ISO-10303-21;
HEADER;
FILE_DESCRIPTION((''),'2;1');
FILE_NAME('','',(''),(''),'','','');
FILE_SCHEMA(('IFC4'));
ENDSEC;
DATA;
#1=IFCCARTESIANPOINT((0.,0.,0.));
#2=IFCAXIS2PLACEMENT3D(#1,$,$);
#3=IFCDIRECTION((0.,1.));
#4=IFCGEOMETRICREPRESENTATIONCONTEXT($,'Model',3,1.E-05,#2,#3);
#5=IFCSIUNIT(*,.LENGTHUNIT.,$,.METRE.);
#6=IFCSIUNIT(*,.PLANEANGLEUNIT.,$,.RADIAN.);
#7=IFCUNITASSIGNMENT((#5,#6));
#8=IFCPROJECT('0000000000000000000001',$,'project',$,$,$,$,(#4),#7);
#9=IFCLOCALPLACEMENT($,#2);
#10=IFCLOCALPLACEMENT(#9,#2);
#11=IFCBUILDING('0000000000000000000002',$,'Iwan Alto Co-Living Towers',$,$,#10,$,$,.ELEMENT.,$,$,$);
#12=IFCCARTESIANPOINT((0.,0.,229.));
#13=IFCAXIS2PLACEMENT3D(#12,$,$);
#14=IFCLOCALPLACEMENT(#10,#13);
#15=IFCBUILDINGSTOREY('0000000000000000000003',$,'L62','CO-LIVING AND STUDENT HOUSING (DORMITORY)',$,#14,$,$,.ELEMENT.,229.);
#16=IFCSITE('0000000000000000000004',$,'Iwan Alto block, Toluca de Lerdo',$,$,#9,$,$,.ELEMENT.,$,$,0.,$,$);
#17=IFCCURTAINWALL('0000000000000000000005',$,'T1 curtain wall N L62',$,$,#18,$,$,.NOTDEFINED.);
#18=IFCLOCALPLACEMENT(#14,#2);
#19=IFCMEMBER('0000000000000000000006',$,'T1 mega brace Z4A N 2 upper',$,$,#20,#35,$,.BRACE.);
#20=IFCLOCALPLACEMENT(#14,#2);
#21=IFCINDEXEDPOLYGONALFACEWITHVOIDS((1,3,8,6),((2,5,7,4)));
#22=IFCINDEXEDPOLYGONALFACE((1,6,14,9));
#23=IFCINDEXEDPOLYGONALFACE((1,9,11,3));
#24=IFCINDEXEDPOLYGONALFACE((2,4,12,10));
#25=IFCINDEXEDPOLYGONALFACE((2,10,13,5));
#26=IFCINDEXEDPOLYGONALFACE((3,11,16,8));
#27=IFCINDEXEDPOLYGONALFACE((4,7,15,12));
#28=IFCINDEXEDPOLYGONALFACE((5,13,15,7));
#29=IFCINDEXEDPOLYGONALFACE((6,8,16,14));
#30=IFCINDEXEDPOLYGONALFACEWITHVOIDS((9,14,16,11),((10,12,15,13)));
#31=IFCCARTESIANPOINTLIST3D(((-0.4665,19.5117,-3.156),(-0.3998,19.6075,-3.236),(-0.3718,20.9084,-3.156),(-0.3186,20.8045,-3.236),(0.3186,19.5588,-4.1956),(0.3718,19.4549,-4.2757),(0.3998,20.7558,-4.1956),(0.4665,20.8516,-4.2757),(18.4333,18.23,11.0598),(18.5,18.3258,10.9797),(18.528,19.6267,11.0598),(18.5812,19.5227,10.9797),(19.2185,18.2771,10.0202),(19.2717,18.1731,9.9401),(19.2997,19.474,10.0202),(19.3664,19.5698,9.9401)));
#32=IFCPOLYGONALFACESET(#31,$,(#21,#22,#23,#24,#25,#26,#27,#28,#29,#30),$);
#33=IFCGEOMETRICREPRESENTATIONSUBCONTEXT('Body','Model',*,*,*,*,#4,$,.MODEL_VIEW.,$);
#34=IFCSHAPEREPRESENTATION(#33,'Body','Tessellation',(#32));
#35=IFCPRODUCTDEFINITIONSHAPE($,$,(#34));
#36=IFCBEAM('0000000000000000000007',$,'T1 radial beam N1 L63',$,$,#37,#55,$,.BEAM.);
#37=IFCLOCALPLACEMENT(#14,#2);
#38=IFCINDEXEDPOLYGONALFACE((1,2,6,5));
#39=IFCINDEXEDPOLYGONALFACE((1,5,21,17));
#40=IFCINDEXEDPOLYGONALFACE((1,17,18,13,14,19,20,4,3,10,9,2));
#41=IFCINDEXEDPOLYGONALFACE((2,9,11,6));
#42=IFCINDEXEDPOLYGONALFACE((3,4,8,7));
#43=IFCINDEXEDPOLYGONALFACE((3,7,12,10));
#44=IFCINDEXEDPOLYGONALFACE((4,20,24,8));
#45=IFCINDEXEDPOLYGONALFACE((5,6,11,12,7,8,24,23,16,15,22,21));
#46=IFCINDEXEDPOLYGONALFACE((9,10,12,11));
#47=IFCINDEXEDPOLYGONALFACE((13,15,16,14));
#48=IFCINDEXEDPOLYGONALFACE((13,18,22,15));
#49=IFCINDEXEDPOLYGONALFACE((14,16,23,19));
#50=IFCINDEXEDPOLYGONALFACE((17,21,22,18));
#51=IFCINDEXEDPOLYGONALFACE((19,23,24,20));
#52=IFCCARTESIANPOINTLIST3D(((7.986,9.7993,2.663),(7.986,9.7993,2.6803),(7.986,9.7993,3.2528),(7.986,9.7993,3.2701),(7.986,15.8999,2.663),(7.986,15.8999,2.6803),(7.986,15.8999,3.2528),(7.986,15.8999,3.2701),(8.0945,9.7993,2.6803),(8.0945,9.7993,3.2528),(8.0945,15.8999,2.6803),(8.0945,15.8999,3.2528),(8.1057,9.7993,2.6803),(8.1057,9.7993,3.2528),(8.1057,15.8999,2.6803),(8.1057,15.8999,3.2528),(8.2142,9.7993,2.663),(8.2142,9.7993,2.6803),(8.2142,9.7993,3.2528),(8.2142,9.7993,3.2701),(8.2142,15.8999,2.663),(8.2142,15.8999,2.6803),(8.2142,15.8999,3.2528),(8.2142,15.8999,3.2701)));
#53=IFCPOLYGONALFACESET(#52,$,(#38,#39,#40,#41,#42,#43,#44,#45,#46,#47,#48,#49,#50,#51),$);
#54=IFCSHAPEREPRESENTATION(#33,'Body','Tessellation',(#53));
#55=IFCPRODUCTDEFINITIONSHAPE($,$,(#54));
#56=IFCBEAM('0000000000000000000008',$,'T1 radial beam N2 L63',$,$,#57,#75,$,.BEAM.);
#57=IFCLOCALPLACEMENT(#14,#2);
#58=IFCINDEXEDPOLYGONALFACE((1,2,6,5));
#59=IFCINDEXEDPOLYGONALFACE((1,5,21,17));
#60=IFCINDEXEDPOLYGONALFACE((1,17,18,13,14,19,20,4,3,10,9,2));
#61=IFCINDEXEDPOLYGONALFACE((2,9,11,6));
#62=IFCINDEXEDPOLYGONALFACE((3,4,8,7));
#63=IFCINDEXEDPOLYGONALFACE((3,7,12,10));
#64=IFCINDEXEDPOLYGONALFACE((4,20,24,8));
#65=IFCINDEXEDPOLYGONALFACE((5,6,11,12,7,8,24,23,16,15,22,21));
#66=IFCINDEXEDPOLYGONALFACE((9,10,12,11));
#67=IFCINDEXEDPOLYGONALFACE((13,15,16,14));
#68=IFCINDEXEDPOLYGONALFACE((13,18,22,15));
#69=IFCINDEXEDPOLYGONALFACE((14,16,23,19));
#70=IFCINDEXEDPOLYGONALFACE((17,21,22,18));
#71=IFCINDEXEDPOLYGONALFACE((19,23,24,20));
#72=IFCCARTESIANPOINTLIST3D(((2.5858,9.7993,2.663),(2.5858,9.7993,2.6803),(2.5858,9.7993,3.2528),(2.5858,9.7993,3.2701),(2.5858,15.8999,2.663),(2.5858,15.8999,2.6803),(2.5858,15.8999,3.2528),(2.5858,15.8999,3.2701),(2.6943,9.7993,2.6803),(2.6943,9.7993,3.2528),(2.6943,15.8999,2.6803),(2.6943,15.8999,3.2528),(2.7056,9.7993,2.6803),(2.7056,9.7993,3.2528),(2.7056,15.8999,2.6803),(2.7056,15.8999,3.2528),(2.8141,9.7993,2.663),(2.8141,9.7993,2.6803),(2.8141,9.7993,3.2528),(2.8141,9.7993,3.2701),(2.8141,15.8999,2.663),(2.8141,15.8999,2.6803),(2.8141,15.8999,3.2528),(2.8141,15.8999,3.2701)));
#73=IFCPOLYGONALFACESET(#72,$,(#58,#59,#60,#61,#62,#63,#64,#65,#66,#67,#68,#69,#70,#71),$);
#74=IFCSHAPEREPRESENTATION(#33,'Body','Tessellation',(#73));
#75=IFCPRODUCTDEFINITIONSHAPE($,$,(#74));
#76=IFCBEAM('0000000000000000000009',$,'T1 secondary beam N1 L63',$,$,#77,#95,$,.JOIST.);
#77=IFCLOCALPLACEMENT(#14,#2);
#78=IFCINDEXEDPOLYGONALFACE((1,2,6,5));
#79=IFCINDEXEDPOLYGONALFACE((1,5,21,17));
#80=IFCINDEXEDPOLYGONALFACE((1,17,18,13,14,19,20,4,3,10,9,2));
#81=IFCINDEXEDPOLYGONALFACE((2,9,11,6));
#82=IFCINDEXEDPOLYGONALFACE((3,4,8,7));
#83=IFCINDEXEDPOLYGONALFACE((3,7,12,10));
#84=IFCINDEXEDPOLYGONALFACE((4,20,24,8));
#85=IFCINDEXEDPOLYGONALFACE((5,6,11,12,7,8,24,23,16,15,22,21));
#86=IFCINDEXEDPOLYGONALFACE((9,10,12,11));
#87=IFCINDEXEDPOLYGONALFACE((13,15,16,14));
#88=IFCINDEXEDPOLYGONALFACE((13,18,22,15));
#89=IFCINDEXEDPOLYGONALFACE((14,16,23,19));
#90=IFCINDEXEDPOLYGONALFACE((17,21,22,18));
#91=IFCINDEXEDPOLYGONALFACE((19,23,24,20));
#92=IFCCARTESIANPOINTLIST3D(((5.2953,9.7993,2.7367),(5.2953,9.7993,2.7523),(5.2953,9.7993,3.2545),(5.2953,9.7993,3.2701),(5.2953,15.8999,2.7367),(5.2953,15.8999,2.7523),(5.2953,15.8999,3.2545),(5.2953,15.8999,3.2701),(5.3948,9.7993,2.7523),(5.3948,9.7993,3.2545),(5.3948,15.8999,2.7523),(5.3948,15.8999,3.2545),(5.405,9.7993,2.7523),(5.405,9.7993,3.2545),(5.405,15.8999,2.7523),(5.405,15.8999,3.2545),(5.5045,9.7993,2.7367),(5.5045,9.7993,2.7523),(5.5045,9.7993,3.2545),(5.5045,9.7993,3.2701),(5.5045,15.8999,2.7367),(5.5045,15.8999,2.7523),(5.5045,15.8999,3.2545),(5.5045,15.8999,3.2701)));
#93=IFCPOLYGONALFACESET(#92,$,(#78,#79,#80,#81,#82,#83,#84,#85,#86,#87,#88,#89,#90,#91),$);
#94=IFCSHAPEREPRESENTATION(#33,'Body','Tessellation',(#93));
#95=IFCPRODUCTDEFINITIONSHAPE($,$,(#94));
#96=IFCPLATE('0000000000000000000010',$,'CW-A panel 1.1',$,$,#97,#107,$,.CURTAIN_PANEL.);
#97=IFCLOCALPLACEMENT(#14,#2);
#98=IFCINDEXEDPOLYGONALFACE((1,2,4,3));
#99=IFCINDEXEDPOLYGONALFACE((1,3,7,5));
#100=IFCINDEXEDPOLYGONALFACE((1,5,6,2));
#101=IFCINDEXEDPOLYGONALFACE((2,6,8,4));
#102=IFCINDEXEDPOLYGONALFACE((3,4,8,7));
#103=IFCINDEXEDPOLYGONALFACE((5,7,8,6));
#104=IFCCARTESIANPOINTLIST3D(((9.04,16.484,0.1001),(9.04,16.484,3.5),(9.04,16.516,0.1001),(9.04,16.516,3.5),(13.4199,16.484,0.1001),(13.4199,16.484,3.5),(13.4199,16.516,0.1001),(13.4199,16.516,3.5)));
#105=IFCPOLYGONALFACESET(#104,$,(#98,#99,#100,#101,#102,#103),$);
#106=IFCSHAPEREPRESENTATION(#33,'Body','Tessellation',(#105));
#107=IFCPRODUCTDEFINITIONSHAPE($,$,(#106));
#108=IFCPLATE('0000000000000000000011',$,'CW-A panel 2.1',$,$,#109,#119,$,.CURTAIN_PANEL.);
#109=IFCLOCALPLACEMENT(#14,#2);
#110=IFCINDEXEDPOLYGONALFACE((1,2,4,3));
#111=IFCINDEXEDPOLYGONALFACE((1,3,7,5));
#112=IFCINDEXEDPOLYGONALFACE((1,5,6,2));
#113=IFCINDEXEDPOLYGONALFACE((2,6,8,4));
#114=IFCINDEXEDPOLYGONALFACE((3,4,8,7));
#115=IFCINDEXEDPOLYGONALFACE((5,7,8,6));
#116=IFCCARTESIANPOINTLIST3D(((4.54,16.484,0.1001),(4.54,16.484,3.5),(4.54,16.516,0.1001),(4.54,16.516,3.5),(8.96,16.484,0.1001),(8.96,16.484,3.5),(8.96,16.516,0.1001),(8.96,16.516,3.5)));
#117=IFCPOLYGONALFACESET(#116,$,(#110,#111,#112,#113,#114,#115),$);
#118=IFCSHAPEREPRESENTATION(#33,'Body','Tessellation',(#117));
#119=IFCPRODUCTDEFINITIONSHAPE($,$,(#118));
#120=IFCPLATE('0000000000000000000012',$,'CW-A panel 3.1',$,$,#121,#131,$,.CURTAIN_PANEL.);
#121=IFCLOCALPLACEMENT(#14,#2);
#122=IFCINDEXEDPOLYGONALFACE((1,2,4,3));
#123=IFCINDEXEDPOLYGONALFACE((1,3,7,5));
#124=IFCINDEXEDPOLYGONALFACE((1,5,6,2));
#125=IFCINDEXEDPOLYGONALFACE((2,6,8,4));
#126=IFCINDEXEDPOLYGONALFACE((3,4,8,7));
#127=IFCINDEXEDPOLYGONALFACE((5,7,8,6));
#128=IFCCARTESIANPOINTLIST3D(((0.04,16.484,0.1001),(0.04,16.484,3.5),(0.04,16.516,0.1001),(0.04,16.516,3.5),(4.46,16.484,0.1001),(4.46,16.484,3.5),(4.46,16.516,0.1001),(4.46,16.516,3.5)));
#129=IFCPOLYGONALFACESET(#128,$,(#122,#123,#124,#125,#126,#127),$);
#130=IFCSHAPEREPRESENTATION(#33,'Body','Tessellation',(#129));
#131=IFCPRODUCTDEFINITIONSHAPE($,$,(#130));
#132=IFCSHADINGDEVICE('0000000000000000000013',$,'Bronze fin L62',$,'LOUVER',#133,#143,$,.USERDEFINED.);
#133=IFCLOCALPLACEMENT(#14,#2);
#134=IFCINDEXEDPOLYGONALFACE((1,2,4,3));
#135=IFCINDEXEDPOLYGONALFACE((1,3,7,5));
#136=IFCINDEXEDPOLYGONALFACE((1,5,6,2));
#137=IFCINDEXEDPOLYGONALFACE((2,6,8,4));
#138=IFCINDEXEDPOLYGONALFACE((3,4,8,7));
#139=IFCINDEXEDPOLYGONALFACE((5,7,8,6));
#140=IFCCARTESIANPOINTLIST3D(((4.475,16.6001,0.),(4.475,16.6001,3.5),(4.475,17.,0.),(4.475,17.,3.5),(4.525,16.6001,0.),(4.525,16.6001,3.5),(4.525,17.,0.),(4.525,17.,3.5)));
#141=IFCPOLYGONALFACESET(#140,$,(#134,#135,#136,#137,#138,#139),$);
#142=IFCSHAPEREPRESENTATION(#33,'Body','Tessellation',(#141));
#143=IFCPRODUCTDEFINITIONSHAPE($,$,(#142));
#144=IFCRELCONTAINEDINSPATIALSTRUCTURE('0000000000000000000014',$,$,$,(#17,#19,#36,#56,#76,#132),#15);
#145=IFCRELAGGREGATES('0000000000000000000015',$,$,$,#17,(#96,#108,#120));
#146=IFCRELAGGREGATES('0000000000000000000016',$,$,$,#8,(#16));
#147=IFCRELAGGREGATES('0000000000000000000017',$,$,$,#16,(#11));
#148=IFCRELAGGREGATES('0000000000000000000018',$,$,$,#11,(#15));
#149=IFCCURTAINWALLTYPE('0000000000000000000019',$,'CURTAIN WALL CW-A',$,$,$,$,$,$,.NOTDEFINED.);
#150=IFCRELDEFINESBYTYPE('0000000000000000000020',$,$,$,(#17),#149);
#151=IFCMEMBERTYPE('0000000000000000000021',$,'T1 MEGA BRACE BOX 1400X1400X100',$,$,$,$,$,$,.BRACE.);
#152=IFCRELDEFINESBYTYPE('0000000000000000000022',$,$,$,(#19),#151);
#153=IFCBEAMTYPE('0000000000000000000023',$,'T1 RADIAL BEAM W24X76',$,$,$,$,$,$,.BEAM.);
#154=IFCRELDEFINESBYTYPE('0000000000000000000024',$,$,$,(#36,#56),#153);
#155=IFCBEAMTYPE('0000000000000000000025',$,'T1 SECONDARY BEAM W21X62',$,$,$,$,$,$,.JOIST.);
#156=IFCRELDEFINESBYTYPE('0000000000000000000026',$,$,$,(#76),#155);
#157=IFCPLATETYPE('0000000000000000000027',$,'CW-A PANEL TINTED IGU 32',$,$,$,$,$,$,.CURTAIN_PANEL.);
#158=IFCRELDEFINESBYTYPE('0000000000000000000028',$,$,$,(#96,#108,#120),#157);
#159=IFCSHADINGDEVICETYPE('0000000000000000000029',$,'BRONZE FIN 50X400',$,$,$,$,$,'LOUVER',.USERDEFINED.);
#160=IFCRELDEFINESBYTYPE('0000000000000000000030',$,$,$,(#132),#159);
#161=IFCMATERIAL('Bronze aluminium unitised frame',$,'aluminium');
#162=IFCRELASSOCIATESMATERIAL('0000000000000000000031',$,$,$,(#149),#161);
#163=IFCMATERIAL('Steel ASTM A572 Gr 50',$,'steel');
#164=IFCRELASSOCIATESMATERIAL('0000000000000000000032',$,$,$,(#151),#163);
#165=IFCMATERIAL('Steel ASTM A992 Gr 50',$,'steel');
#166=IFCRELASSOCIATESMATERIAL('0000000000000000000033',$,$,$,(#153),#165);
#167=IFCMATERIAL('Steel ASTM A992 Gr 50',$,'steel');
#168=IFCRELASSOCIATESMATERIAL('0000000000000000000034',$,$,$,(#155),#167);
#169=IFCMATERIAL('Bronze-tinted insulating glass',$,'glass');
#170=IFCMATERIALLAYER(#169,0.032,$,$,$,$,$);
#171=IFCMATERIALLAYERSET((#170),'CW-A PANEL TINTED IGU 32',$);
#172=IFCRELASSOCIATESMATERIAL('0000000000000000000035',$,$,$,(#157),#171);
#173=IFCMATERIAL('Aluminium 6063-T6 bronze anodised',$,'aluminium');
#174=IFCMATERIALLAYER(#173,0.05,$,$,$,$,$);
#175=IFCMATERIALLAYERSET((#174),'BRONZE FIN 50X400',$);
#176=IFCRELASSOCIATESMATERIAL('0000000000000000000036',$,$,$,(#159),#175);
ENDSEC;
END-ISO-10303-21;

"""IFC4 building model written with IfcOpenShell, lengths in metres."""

from ifc_helpers import new_model, si_unit, direction, frame, origin, origin_2d, place, context, subcontext, project, spatial, rectangle, hollow_rectangle, i_section, extrude, material, layer, layer_set, material_profile, profile_set, type_object, element, aggregate, save


model = new_model("IFC4")

# Units and contexts
model_context = context("Model", 3, precision=1e-05, world=origin(), true_north=direction((0.0, 1.0)))
body_context = subcontext(model_context, "Body", "Model", "MODEL_VIEW")
ifc_project = project(units=[si_unit("LENGTHUNIT", "METRE"), si_unit("PLANEANGLEUNIT", "RADIAN")], contexts=[model_context])

# Site, building, storey
site_placement = place(None, origin())
site = spatial("IfcSite", under=ifc_project, at=site_placement, Name="Iwan Alto block, Toluca de Lerdo", CompositionType="ELEMENT", RefElevation=0.0)
building_placement = place(site_placement, origin())
building = spatial("IfcBuilding", under=site, at=building_placement, Name="Iwan Alto Co-Living Towers", CompositionType="ELEMENT")
storey_placement = place(building_placement, frame((0.0, 0.0, 229.0)))
storey = spatial("IfcBuildingStorey", under=building, at=storey_placement, Name="L62", Description="CO-LIVING AND STUDENT HOUSING (DORMITORY)", CompositionType="ELEMENT", Elevation=229.0)

# Curtain wall
ifc_material_1 = material(Name="Bronze aluminium unitised frame", Category="aluminium")
curtain_wall_type = type_object("IfcCurtainWallType", Name="CURTAIN WALL CW-A", PredefinedType="NOTDEFINED", material=ifc_material_1)
curtain_wall_placement = place(storey_placement, origin())
curtain_wall = element("IfcCurtainWall", 1, at=curtain_wall_placement, inside=storey, type_object=curtain_wall_type, Name="T1 curtain wall N L62", PredefinedType="NOTDEFINED")

# Member
ifc_material_2 = material(Name="Steel ASTM A572 Gr 50", Category="steel")
ifc_material_profile_1 = material_profile(ifc_material_2, hollow_rectangle(XDim=1.3999, YDim=1.3999, WallThickness=0.1001, at=origin_2d()), Name="BOX 1400X1400X100")
ifc_profile_set_1 = profile_set([ifc_material_profile_1], Name="Steel ASTM A572 Gr 50")
member_type_1 = type_object("IfcMemberType", Name="T1 MEGA BRACE BOX 1400X1400X100", PredefinedType="BRACE", material=ifc_profile_set_1)
for number, where, z_axis, x_axis, name in (
    (2, (0.0, 20.1816, -3.7158), (0.797998, -0.054118, 0.600225), (0.067662, 0.997708, 0.0), "T1 mega brace Z4A N 2 upper"),
):
    element("IfcMember", number, at=place(storey_placement, frame(where, z_axis=z_axis, x_axis=x_axis)), inside=storey, type_object=member_type_1, Name=name, PredefinedType="BRACE", context=body_context, shape_type="SweptSolid", body=[
        extrude(hollow_rectangle(XDim=1.3999, YDim=1.3999, WallThickness=0.1001, at=origin_2d()), origin(), (0.0, 0.0, 1.0), 23.6841),
    ])

# Beams
ifc_material_3 = material(Name="Steel ASTM A992 Gr 50", Category="steel")
ifc_material_profile_2 = material_profile(ifc_material_3, i_section(OverallWidth=0.2283, OverallDepth=0.6072, WebThickness=0.0112, FlangeThickness=0.0173, at=origin_2d()), Name="W24X76")
ifc_profile_set_2 = profile_set([ifc_material_profile_2], Name="Steel ASTM A992 Gr 50")
beam_type_1 = type_object("IfcBeamType", Name="T1 RADIAL BEAM W24X76", PredefinedType="BEAM", material=ifc_profile_set_2)
for number, where, z_axis, x_axis, name in (
    (3, (8.1001, 15.8999, 2.9666), (0.0, -1.0, 0.0), (1.0, 0.0, 0.0), "T1 radial beam N1 L63"),
    (4, (2.7, 15.8999, 2.9666), (0.0, -1.0, 0.0), (1.0, 0.0, 0.0), "T1 radial beam N2 L63"),
):
    element("IfcBeam", number, at=place(storey_placement, frame(where, z_axis=z_axis, x_axis=x_axis)), inside=storey, type_object=beam_type_1, Name=name, PredefinedType="BEAM", context=body_context, shape_type="SweptSolid", body=[
        extrude(i_section(OverallWidth=0.2283, OverallDepth=0.6072, WebThickness=0.0112, FlangeThickness=0.0173, at=origin_2d()), origin(), (0.0, 0.0, 1.0), 6.1006),
    ])
ifc_material_4 = material(Name="Steel ASTM A992 Gr 50", Category="steel")
ifc_material_profile_3 = material_profile(ifc_material_4, i_section(OverallWidth=0.2092, OverallDepth=0.5334, WebThickness=0.0103, FlangeThickness=0.0156, at=origin_2d()), Name="W21X62")
ifc_profile_set_3 = profile_set([ifc_material_profile_3], Name="Steel ASTM A992 Gr 50")
beam_type_2 = type_object("IfcBeamType", Name="T1 SECONDARY BEAM W21X62", PredefinedType="JOIST", material=ifc_profile_set_3)
beam_1_placement = place(storey_placement, frame((5.3999, 15.8999, 3.0034), z_axis=(0.0, -1.0, 0.0), x_axis=(1.0, 0.0, 0.0)))
element("IfcBeam", 5, at=beam_1_placement, inside=storey, type_object=beam_type_2, Name="T1 secondary beam N1 L63", PredefinedType="JOIST", context=body_context, shape_type="SweptSolid", body=[
    extrude(i_section(OverallWidth=0.2092, OverallDepth=0.5334, WebThickness=0.0103, FlangeThickness=0.0156, at=origin_2d()), origin(), (0.0, 0.0, 1.0), 6.1006),
])

# Plates
ifc_material_5 = material(Name="Bronze-tinted insulating glass", Category="glass")
ifc_layer_1 = layer(ifc_material_5, 0.032)
ifc_layer_set_1 = layer_set([ifc_layer_1], Name="CW-A PANEL TINTED IGU 32")
plate_type = type_object("IfcPlateType", Name="CW-A PANEL TINTED IGU 32", PredefinedType="CURTAIN_PANEL", material=ifc_layer_set_1)
plate_1_placement = place(storey_placement, frame((11.23, 16.5, 0.1001), z_axis=(0.0, 0.0, 1.0), x_axis=(-1.0, 0.0, 0.0)))
plate_1 = element("IfcPlate", 6, at=plate_1_placement, type_object=plate_type, Name="CW-A panel 1.1", PredefinedType="CURTAIN_PANEL", context=body_context, shape_type="SweptSolid", body=[
    extrude(rectangle(XDim=4.3799, YDim=0.032, at=origin_2d()), origin(), (0.0, 0.0, 1.0), 3.3999),
])
plate_2_placement = place(storey_placement, frame((6.75, 16.5, 0.1001), z_axis=(0.0, 0.0, 1.0), x_axis=(-1.0, 0.0, 0.0)))
plate_2 = element("IfcPlate", 7, at=plate_2_placement, type_object=plate_type, Name="CW-A panel 2.1", PredefinedType="CURTAIN_PANEL", context=body_context, shape_type="SweptSolid", body=[
    extrude(rectangle(XDim=4.4199, YDim=0.032, at=origin_2d()), origin(), (0.0, 0.0, 1.0), 3.3999),
])
plate_3_placement = place(storey_placement, frame((2.25, 16.5, 0.1001), z_axis=(0.0, 0.0, 1.0), x_axis=(-1.0, 0.0, 0.0)))
plate_3 = element("IfcPlate", 8, at=plate_3_placement, type_object=plate_type, Name="CW-A panel 3.1", PredefinedType="CURTAIN_PANEL", context=body_context, shape_type="SweptSolid", body=[
    extrude(rectangle(XDim=4.4199, YDim=0.032, at=origin_2d()), origin(), (0.0, 0.0, 1.0), 3.3999),
])
aggregate(curtain_wall, [plate_1, plate_2, plate_3])

# Shading device
ifc_material_6 = material(Name="Aluminium 6063-T6 bronze anodised", Category="aluminium")
ifc_layer_2 = layer(ifc_material_6, 0.05)
ifc_layer_set_2 = layer_set([ifc_layer_2], Name="BRONZE FIN 50X400")
shading_device_type = type_object("IfcShadingDeviceType", Name="BRONZE FIN 50X400", ElementType="LOUVER", PredefinedType="USERDEFINED", material=ifc_layer_set_2)
shading_device_placement = place(storey_placement, frame((4.5, 16.8, 0.0), z_axis=(0.0, 0.0, 1.0), x_axis=(-1.0, 0.0, 0.0)))
element("IfcShadingDevice", 9, at=shading_device_placement, inside=storey, type_object=shading_device_type, Name="Bronze fin L62", ObjectType="LOUVER", PredefinedType="USERDEFINED", context=body_context, shape_type="SweptSolid", body=[
    extrude(rectangle(XDim=0.05, YDim=0.3999, at=origin_2d()), origin(), (0.0, 0.0, 1.0), 3.5),
])

save(model, "model.ifc")
